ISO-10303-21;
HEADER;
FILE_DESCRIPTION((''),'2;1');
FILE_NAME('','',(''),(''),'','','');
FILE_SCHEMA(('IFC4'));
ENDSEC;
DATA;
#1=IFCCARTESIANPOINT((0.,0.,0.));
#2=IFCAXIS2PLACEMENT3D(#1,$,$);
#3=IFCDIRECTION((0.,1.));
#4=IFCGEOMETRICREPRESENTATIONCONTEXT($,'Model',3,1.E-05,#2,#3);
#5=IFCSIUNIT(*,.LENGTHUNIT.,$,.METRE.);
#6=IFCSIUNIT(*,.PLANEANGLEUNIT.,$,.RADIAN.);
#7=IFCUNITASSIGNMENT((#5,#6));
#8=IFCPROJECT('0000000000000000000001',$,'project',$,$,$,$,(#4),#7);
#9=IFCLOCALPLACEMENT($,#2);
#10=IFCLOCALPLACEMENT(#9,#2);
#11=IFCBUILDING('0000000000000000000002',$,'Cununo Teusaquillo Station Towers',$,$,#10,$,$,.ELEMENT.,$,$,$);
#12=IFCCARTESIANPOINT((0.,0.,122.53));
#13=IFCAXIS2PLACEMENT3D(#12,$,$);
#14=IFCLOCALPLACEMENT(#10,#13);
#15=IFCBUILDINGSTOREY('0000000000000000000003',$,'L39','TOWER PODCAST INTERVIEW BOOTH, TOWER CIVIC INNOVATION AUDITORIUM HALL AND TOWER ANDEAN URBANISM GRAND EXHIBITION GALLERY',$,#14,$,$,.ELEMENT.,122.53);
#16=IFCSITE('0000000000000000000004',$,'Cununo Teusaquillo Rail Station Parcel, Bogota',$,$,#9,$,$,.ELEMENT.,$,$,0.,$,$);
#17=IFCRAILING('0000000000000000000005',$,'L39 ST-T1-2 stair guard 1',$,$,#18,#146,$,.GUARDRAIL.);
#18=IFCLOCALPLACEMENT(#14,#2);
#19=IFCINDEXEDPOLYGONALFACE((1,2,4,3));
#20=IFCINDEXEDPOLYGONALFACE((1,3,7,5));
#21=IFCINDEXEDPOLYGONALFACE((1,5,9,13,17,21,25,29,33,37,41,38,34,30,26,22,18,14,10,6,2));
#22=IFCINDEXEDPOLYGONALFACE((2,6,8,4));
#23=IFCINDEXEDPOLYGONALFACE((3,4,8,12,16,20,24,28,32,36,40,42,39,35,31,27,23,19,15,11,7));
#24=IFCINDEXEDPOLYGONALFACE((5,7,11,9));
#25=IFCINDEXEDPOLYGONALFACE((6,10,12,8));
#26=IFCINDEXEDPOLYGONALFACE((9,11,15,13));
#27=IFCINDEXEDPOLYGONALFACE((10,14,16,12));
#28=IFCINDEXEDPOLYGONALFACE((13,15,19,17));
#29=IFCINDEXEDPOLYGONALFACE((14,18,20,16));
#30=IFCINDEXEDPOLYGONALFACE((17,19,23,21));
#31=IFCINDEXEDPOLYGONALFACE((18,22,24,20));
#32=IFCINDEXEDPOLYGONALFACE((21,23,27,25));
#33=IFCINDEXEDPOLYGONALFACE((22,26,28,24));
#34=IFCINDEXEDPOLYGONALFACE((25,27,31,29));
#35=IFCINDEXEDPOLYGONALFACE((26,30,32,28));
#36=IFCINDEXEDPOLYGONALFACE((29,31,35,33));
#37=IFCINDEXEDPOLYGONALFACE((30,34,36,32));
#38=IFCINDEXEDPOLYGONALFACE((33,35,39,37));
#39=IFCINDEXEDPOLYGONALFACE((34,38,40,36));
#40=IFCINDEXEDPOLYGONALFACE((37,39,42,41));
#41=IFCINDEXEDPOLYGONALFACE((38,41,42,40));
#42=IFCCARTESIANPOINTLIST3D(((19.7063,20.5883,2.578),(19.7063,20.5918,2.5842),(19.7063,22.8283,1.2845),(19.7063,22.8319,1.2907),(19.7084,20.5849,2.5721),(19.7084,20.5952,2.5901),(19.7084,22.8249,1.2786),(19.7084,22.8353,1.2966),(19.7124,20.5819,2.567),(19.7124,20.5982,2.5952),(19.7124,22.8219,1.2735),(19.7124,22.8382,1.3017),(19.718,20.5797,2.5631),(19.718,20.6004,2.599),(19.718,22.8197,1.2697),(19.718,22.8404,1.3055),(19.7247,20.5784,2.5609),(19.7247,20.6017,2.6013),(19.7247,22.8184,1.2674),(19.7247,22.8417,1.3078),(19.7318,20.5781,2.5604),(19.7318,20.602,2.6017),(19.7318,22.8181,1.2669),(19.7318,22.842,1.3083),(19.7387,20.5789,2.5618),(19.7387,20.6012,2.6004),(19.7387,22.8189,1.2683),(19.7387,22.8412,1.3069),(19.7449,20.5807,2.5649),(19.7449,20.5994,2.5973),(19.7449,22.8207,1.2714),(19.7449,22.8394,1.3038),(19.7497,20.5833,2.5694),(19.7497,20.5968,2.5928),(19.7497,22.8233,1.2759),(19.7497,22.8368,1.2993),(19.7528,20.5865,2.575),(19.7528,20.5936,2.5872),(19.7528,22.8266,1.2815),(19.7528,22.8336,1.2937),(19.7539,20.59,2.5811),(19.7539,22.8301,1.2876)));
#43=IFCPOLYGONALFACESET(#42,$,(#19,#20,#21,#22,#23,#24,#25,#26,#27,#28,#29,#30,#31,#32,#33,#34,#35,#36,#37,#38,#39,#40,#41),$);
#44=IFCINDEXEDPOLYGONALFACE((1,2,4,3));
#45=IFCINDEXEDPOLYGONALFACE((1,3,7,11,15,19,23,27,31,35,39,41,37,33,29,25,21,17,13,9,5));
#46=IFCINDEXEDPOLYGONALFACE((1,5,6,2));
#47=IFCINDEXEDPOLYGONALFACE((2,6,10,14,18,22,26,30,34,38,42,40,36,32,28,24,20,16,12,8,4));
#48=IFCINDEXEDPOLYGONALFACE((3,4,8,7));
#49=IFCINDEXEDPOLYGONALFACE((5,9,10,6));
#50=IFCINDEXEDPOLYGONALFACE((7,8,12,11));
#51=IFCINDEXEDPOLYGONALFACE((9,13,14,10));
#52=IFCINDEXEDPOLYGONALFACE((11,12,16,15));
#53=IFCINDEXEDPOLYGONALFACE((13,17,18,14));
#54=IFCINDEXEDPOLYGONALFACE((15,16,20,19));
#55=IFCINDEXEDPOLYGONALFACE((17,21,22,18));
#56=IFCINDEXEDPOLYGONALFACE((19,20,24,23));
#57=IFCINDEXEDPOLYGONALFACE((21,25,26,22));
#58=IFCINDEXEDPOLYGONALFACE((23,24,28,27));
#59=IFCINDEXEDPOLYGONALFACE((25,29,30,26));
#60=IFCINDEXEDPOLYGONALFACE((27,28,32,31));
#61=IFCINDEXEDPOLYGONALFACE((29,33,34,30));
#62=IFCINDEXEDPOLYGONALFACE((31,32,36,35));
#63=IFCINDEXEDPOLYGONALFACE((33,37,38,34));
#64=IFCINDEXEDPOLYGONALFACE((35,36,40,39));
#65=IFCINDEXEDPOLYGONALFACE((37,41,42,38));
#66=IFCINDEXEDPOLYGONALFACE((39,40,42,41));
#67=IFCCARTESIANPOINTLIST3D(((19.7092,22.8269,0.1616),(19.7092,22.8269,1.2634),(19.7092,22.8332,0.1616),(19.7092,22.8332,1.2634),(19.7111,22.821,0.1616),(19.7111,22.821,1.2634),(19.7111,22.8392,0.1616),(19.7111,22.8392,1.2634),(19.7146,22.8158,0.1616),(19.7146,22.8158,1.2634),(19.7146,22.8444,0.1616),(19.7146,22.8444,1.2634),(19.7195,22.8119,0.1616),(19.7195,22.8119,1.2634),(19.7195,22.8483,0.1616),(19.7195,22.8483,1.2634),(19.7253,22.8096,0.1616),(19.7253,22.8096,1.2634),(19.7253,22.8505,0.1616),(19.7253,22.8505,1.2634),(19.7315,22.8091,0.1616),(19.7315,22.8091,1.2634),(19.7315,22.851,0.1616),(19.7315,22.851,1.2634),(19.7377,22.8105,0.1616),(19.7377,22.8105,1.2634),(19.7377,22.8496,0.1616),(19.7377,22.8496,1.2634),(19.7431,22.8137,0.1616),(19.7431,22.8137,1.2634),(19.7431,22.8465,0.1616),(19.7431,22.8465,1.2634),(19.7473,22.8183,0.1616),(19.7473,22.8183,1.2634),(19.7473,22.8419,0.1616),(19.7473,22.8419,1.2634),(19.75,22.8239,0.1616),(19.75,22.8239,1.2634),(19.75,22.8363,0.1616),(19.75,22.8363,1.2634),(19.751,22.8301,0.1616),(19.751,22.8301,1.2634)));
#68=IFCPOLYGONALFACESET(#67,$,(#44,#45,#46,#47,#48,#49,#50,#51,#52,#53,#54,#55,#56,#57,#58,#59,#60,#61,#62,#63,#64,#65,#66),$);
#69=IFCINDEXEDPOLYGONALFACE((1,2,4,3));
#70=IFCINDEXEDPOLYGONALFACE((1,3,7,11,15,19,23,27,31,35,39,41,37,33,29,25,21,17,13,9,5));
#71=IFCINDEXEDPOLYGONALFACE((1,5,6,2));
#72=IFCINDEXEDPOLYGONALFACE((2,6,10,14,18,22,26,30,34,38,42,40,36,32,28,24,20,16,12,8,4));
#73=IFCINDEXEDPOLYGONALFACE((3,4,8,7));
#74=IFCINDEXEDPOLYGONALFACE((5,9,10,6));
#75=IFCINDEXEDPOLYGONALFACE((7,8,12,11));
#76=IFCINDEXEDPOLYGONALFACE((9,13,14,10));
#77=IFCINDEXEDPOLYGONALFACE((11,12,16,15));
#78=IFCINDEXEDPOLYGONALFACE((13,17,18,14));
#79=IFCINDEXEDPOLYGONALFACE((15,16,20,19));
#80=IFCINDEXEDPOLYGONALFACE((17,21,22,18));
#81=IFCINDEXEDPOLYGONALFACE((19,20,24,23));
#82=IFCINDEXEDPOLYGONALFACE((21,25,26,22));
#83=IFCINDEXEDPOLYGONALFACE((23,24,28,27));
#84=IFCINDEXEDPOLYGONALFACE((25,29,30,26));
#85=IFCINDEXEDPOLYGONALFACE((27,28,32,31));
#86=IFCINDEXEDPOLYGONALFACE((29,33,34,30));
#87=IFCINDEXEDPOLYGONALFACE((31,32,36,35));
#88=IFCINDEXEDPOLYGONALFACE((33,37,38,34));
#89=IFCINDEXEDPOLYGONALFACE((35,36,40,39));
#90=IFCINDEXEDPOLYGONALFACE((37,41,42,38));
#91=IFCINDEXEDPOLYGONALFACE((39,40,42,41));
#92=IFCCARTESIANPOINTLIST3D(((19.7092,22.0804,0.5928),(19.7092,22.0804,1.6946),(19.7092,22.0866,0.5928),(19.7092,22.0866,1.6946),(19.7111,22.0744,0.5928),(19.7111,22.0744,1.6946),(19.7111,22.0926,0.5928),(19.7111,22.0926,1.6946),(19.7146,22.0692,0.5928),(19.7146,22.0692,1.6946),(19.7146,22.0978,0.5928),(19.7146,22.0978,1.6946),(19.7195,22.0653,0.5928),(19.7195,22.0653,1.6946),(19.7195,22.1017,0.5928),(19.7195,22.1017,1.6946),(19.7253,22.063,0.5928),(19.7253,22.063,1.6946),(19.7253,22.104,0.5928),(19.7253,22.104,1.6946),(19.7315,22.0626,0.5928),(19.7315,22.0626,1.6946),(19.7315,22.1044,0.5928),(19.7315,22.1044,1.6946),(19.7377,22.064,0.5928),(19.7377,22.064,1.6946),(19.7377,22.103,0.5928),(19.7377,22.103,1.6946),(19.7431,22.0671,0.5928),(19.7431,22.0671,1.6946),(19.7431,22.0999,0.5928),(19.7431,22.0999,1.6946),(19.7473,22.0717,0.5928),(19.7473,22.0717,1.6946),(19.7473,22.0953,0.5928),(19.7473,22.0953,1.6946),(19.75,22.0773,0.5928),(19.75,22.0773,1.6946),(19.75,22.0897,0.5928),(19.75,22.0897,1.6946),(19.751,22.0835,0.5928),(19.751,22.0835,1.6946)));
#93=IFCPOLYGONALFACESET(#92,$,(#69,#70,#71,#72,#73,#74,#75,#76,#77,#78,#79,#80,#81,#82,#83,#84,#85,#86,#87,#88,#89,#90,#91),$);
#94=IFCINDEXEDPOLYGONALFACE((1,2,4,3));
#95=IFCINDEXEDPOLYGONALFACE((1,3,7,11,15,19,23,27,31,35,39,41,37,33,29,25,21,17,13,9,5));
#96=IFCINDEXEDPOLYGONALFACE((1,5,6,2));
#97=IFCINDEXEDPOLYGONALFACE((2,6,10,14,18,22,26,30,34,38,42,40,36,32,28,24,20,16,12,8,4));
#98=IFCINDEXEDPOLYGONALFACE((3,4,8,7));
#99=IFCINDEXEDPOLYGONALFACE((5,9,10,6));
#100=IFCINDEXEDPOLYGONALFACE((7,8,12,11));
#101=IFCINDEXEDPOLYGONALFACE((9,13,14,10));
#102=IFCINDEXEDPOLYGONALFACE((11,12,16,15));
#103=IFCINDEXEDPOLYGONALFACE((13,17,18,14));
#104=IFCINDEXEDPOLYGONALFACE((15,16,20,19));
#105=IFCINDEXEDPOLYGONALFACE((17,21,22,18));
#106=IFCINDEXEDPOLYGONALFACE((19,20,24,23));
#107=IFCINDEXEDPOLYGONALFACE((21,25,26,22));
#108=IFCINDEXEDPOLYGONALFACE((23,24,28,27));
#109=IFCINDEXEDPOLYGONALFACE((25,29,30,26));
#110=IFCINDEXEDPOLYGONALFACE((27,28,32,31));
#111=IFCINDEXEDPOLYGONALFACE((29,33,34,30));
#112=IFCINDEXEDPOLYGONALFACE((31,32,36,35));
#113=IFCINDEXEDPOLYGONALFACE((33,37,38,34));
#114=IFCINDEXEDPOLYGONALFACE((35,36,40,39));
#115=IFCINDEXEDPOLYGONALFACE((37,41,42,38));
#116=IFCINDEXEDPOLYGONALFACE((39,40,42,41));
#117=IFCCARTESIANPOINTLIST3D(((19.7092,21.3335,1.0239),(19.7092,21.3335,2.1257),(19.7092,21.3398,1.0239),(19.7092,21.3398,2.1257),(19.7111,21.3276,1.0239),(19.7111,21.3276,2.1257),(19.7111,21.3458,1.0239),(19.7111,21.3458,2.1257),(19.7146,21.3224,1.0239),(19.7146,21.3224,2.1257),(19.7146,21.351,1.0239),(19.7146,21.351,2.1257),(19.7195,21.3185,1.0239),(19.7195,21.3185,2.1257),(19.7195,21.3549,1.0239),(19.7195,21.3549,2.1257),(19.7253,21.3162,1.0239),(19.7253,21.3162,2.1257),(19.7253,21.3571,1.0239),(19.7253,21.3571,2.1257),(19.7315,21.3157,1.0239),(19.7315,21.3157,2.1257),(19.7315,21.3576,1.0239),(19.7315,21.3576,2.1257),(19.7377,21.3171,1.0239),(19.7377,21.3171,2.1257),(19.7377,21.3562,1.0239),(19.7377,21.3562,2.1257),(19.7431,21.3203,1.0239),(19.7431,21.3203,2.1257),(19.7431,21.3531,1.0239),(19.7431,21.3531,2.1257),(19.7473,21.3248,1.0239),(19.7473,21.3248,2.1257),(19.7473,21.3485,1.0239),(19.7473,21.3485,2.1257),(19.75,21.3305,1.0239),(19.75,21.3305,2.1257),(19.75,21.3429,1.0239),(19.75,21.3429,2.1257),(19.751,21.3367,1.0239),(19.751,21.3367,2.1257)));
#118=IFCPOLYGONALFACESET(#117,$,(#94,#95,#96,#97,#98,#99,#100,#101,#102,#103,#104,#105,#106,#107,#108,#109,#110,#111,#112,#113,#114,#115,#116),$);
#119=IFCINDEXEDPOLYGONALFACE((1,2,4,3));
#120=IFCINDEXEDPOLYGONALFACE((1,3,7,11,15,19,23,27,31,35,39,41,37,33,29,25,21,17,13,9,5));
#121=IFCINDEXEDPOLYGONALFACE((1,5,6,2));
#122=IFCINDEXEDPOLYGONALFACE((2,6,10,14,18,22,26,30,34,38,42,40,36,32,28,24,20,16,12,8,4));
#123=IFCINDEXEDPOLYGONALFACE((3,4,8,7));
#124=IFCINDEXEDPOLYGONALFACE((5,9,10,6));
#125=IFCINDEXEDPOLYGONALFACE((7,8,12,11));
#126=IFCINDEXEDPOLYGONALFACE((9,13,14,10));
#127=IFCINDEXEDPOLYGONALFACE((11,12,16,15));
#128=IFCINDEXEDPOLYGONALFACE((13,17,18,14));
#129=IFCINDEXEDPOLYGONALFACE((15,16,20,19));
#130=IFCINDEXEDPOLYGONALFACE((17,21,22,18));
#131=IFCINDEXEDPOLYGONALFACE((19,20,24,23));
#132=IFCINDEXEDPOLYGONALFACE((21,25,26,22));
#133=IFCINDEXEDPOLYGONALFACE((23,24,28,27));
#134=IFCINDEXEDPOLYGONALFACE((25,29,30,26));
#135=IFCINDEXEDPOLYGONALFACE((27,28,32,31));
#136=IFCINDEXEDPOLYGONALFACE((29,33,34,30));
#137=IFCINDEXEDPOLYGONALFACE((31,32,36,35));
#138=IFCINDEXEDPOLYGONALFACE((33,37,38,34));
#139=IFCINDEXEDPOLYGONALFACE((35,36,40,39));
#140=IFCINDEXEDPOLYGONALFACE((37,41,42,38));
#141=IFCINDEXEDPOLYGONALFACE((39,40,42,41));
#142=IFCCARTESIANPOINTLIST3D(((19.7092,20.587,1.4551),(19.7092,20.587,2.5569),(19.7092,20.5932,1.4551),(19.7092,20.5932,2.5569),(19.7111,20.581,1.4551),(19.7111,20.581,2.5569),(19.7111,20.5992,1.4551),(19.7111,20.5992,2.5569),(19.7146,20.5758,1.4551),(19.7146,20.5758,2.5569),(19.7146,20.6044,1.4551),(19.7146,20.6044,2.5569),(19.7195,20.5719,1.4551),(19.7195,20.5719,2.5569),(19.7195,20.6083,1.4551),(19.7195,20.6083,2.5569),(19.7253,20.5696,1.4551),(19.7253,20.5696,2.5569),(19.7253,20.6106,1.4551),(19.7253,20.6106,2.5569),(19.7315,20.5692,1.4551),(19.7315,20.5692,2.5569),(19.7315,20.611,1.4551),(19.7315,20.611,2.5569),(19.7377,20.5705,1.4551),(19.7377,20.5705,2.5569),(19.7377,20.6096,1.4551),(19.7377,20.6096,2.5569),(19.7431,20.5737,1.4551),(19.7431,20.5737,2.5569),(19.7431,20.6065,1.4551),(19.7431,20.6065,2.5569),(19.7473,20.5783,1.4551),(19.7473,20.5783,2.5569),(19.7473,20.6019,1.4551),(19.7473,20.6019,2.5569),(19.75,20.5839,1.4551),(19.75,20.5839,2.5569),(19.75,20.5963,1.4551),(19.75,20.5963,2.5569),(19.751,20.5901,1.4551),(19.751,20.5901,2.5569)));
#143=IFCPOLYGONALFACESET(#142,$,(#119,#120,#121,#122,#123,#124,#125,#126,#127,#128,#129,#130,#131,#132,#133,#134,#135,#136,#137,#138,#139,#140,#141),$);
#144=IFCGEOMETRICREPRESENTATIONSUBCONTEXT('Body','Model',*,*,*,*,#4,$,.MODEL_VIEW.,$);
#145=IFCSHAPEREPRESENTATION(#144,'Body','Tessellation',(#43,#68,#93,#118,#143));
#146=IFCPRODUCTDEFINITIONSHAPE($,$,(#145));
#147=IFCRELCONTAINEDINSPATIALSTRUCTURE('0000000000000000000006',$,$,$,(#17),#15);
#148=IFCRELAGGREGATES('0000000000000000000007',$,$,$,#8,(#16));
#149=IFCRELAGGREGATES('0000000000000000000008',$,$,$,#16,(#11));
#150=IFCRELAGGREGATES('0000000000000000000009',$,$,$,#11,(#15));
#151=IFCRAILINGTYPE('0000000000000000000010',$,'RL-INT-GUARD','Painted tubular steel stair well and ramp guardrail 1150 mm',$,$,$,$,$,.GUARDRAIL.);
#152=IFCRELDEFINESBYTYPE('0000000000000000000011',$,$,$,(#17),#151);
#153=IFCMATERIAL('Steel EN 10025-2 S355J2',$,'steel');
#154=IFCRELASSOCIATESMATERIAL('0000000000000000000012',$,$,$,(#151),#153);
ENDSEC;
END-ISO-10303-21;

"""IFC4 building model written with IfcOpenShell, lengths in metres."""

from ifc_helpers import new_model, si_unit, direction, frame, origin, origin_2d, place, context, subcontext, project, spatial, circle, extrude, material, type_object, element, save


model = new_model("IFC4")

# Units and contexts
model_context = context("Model", 3, precision=1e-05, world=origin(), true_north=direction((0.0, 1.0)))
body_context = subcontext(model_context, "Body", "Model", "MODEL_VIEW")
ifc_project = project(units=[si_unit("LENGTHUNIT", "METRE"), si_unit("PLANEANGLEUNIT", "RADIAN")], contexts=[model_context])

# Site, building, storey
site_placement = place(None, origin())
site = spatial("IfcSite", under=ifc_project, at=site_placement, Name="Cununo Teusaquillo Rail Station Parcel, Bogota", CompositionType="ELEMENT", RefElevation=0.0)
building_placement = place(site_placement, origin())
building = spatial("IfcBuilding", under=site, at=building_placement, Name="Cununo Teusaquillo Station Towers", CompositionType="ELEMENT")
storey_placement = place(building_placement, frame((0.0, 0.0, 122.53)))
storey = spatial("IfcBuildingStorey", under=building, at=storey_placement, Name="L39", Description="TOWER PODCAST INTERVIEW BOOTH, TOWER CIVIC INNOVATION AUDITORIUM HALL AND TOWER ANDEAN URBANISM GRAND EXHIBITION GALLERY", CompositionType="ELEMENT", Elevation=122.53)

# Railing
ifc_material_1 = material(Name="Steel EN 10025-2 S355J2", Category="steel")
railing_type_1 = type_object("IfcRailingType", Name="RL-INT-GUARD", Description="Painted tubular steel stair well and ramp guardrail 1150 mm", PredefinedType="GUARDRAIL", material=ifc_material_1)
railing_1_placement = place(storey_placement, frame((19.73, 22.8301, 0.1616)))
element("IfcRailing", 1, at=railing_1_placement, inside=storey, type_object=railing_type_1, Name="L39 ST-T1-2 stair guard 1", PredefinedType="GUARDRAIL", context=body_context, shape_type="SweptSolid", body=[
    extrude(circle(Radius=0.0239, at=origin_2d()), frame((0.0, 0.0, 1.126), z_axis=(0.0, -0.865992, 0.500057), x_axis=(1.0, 0.0, 0.0)), (0.0, 0.0, 1.0), 2.5867),
    extrude(circle(Radius=0.021, at=origin_2d()), origin(), (0.0, 0.0, 1.0), 1.1018),
    extrude(circle(Radius=0.021, at=origin_2d()), frame((0.0, -0.7466, 0.4312)), (0.0, 0.0, 1.0), 1.1018),
    extrude(circle(Radius=0.021, at=origin_2d()), frame((0.0, -1.4934, 0.8623)), (0.0, 0.0, 1.0), 1.1018),
    extrude(circle(Radius=0.021, at=origin_2d()), frame((0.0, -2.24, 1.2935)), (0.0, 0.0, 1.0), 1.1018),
])

save(model, "model.ifc")
